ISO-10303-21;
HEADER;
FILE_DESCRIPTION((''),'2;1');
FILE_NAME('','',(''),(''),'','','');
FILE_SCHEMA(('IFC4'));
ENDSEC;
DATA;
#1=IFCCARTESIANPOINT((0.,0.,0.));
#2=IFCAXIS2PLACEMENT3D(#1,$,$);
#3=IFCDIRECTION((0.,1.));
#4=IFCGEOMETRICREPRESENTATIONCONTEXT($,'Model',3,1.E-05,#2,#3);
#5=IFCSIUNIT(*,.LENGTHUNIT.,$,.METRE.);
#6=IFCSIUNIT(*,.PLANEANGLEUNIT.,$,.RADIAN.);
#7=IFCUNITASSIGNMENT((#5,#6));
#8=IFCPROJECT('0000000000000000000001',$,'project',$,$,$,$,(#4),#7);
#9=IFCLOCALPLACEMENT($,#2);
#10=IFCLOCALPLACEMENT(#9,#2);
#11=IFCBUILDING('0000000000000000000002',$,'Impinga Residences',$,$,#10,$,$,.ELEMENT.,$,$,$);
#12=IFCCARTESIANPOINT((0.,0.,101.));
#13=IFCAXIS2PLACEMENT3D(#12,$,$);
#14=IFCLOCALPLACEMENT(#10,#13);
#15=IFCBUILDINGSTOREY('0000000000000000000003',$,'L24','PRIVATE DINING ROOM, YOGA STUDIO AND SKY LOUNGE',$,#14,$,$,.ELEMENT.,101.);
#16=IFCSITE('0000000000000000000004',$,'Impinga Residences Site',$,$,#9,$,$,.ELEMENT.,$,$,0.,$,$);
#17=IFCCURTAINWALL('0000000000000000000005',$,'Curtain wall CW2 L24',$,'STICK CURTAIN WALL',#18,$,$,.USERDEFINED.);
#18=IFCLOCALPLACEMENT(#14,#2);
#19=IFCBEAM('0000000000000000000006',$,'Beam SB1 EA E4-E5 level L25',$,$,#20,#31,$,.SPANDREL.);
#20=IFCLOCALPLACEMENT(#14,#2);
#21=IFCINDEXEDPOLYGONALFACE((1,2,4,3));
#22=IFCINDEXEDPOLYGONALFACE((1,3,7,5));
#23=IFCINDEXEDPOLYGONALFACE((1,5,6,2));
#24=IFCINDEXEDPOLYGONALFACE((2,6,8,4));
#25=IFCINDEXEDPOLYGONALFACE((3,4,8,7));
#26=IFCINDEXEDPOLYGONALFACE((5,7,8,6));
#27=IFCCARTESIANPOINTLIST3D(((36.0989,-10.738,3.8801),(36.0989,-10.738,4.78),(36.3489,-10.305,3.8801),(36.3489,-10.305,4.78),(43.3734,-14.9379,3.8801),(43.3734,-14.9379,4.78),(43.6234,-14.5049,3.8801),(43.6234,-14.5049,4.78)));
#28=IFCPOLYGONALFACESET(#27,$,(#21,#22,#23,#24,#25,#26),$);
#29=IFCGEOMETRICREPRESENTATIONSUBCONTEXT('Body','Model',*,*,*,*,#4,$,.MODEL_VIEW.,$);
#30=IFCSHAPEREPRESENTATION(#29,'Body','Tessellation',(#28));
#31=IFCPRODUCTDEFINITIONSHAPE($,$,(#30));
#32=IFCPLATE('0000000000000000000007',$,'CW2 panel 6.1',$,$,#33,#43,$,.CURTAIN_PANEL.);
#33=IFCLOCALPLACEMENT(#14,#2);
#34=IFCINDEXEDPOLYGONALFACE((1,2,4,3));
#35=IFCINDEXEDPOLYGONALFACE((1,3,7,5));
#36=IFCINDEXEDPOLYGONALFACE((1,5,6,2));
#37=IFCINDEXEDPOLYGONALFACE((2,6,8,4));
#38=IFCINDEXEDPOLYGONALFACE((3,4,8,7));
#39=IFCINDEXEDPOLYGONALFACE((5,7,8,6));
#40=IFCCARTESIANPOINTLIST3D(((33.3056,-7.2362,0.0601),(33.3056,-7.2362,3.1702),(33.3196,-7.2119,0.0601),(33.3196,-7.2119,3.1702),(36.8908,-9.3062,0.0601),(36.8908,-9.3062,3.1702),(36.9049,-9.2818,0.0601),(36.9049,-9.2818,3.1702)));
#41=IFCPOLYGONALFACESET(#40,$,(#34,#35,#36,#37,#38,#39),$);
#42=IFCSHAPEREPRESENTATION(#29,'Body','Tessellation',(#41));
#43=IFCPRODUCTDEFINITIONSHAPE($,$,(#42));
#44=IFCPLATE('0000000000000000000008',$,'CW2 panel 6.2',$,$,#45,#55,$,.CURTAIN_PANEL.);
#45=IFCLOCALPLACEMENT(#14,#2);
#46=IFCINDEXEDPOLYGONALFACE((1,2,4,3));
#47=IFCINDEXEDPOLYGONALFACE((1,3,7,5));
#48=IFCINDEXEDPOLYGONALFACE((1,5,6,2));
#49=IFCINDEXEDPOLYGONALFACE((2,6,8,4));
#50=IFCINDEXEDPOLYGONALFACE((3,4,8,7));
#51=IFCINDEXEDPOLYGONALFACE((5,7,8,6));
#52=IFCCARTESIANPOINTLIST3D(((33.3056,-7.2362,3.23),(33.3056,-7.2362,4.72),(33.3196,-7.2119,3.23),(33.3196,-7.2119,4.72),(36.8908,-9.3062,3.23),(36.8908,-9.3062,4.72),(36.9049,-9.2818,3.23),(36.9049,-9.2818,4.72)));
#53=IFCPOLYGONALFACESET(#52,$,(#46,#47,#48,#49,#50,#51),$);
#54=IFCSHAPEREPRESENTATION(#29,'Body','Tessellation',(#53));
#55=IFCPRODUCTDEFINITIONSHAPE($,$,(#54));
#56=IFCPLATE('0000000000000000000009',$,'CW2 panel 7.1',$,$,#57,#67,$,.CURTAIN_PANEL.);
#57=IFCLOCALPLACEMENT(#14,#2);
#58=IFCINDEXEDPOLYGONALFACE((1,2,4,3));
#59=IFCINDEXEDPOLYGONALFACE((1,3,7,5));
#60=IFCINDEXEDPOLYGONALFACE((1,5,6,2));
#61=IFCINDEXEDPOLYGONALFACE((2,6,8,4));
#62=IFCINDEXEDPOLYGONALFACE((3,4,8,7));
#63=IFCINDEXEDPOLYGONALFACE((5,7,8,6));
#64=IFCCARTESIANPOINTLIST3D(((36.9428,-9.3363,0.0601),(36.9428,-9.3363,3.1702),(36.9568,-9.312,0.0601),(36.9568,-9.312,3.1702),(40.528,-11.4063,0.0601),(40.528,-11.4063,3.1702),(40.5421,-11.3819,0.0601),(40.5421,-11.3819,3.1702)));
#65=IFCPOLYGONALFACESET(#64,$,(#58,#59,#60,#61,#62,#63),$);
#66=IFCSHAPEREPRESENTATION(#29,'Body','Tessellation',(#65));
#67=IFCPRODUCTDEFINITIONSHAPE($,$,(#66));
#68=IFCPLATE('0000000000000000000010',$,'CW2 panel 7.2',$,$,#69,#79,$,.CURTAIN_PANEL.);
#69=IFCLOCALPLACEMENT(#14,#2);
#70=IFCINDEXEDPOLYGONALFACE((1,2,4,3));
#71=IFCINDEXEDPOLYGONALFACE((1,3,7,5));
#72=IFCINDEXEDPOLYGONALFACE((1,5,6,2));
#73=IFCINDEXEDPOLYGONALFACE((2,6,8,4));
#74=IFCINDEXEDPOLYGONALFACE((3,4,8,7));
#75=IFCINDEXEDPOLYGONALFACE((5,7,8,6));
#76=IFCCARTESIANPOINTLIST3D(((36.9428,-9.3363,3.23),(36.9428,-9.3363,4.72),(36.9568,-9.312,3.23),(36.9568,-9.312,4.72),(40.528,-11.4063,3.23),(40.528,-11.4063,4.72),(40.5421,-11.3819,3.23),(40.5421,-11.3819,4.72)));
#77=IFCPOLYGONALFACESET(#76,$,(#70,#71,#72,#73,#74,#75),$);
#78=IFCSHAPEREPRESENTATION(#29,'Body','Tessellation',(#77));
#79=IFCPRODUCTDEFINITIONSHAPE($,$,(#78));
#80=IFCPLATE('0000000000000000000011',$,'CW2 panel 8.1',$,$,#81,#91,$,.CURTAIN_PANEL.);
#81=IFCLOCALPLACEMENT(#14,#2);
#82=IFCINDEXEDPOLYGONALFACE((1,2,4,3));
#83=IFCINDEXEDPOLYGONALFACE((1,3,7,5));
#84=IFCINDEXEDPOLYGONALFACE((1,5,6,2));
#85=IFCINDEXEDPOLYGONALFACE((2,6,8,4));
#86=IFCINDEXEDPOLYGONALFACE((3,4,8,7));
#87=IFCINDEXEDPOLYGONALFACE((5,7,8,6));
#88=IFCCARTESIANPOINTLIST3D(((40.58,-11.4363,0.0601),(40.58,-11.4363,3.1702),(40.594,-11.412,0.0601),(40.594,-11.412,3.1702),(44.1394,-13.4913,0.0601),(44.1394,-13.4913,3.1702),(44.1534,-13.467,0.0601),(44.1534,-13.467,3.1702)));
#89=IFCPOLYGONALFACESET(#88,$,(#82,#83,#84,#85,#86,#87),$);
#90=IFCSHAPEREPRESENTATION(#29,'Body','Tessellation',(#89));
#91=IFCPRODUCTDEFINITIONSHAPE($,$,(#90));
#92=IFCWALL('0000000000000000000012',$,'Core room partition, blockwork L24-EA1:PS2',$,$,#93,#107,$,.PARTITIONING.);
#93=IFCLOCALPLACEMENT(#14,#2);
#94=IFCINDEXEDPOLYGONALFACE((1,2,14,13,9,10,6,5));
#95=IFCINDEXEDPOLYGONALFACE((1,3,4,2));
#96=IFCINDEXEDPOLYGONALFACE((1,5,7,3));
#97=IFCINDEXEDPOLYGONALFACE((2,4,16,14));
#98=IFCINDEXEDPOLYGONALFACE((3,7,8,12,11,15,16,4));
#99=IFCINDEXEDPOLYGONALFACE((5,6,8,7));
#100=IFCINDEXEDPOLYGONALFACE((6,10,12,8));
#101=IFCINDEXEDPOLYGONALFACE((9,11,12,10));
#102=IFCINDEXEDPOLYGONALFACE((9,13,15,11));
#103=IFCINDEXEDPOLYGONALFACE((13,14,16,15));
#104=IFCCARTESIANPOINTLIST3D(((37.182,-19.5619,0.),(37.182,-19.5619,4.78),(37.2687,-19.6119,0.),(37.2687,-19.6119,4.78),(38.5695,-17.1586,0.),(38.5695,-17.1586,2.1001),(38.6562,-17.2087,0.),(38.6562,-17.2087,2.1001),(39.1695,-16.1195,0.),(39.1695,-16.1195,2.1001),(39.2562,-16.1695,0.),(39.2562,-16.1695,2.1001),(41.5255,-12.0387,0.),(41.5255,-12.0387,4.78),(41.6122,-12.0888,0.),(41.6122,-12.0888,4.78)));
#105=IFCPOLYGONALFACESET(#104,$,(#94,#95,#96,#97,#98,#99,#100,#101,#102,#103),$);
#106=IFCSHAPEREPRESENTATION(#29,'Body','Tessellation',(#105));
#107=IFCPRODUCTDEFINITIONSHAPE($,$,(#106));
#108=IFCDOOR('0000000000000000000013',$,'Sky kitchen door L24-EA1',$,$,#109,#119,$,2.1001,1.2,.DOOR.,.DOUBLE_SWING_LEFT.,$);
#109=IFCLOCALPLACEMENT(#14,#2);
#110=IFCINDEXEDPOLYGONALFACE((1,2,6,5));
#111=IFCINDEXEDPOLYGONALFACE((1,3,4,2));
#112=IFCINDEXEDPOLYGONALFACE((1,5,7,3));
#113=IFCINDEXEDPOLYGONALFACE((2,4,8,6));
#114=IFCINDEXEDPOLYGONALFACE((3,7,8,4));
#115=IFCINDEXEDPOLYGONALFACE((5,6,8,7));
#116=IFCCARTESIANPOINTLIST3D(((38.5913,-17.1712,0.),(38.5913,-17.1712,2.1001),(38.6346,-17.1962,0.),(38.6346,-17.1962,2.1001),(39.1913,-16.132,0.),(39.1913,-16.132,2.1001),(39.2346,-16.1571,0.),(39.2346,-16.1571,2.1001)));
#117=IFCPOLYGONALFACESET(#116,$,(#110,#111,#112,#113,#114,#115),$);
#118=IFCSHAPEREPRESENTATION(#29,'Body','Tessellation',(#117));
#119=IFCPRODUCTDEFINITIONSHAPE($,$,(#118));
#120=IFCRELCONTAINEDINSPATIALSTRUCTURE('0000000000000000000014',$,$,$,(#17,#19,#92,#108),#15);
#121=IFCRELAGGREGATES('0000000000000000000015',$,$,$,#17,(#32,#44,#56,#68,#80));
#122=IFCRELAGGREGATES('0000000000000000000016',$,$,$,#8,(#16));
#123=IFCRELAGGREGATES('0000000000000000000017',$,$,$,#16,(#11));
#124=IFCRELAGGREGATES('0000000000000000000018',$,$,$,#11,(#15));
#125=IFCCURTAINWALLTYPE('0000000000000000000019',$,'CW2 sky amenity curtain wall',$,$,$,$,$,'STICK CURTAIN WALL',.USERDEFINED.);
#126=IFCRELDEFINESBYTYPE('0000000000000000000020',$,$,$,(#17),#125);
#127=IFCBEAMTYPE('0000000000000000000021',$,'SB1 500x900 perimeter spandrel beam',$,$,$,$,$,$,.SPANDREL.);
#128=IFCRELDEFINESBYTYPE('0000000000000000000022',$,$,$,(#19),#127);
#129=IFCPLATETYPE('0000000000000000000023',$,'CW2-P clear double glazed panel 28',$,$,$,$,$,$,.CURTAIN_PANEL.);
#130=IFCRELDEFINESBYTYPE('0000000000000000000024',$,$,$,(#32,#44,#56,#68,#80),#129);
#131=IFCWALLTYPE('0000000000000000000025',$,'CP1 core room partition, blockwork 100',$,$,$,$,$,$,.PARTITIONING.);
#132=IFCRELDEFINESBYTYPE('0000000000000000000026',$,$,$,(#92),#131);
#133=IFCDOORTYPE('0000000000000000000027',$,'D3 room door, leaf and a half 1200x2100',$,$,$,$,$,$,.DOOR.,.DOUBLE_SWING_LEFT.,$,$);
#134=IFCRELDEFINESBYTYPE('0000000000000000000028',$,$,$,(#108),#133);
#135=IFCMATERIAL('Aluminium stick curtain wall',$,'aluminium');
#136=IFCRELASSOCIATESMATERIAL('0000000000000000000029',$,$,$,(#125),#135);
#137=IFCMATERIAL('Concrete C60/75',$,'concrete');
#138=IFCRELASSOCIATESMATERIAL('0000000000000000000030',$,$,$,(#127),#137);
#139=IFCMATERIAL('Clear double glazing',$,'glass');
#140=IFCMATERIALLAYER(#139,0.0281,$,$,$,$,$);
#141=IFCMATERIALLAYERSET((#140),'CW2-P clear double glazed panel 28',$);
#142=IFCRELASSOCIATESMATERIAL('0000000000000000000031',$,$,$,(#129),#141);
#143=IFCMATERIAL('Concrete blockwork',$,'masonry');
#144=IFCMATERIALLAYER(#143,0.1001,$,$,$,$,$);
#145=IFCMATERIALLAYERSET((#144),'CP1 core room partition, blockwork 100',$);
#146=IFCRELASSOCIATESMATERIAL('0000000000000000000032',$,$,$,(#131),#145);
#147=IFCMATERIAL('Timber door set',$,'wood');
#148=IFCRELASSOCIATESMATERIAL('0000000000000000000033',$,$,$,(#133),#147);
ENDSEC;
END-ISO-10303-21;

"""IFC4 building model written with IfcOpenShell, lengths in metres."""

from ifc_helpers import new_model, si_unit, direction, frame, frame_2d, origin, origin_2d, place, context, subcontext, project, spatial, rectangle, extrude, material, layer, layer_set, material_profile, profile_set, type_object, element, fill, aggregate, save


model = new_model("IFC4")

# Units and contexts
model_context = context("Model", 3, precision=1e-05, world=origin(), true_north=direction((0.0, 1.0)))
body_context = subcontext(model_context, "Body", "Model", "MODEL_VIEW")
ifc_project = project(units=[si_unit("LENGTHUNIT", "METRE"), si_unit("PLANEANGLEUNIT", "RADIAN")], contexts=[model_context])

# Site, building, storey
site_placement = place(None, origin())
site = spatial("IfcSite", under=ifc_project, at=site_placement, Name="Impinga Residences Site", CompositionType="ELEMENT", RefElevation=0.0)
building_placement = place(site_placement, origin())
building = spatial("IfcBuilding", under=site, at=building_placement, Name="Impinga Residences", CompositionType="ELEMENT")
storey_placement = place(building_placement, frame((0.0, 0.0, 101.0)))
storey = spatial("IfcBuildingStorey", under=building, at=storey_placement, Name="L24", Description="PRIVATE DINING ROOM, YOGA STUDIO AND SKY LOUNGE", CompositionType="ELEMENT", Elevation=101.0)

# Shared definitions
ifc_material_1 = material(Name="Concrete C60/75", Category="concrete")

# Curtain wall
ifc_material_2 = material(Name="Aluminium stick curtain wall", Category="aluminium")
curtain_wall_type = type_object("IfcCurtainWallType", Name="CW2 sky amenity curtain wall", ElementType="STICK CURTAIN WALL", PredefinedType="USERDEFINED", material=ifc_material_2)
curtain_wall_placement = place(storey_placement, origin())
curtain_wall = element("IfcCurtainWall", 1, at=curtain_wall_placement, inside=storey, type_object=curtain_wall_type, Name="Curtain wall CW2 L24", ObjectType="STICK CURTAIN WALL", PredefinedType="USERDEFINED")

# Beam
ifc_material_profile_1 = material_profile(ifc_material_1, rectangle(XDim=0.5, YDim=0.8999, at=origin_2d()), Name="RC 500x900")
ifc_profile_set_1 = profile_set([ifc_material_profile_1], Name="Concrete C60/75")
beam_type_1 = type_object("IfcBeamType", Name="SB1 500x900 perimeter spandrel beam", PredefinedType="SPANDREL", material=ifc_profile_set_1)
beam_1_placement = place(storey_placement, frame((36.2239, -10.5215, 4.3301), z_axis=(0.866029, -0.499993, 0.0), x_axis=(0.499993, 0.866029, 0.0)))
element("IfcBeam", 2, at=beam_1_placement, inside=storey, type_object=beam_type_1, Name="Beam SB1 EA E4-E5 level L25", PredefinedType="SPANDREL", context=body_context, shape_type="SweptSolid", body=[
    extrude(rectangle(XDim=0.5, YDim=0.8999, at=origin_2d()), origin(), (0.0, 0.0, 1.0), 8.3999),
])

# Plates
ifc_material_3 = material(Name="Clear double glazing", Category="glass")
ifc_layer_1 = layer(ifc_material_3, 0.0281)
ifc_layer_set_1 = layer_set([ifc_layer_1], Name="CW2-P clear double glazed panel 28")
plate_type = type_object("IfcPlateType", Name="CW2-P clear double glazed panel 28", PredefinedType="CURTAIN_PANEL", material=ifc_layer_set_1)
plate_1_placement = place(storey_placement, frame((35.1052, -8.259, 0.0601), z_axis=(0.0, 0.0, 1.0), x_axis=(0.866025, -0.5, 0.0)))
plate_1 = element("IfcPlate", 3, at=plate_1_placement, type_object=plate_type, Name="CW2 panel 6.1", PredefinedType="CURTAIN_PANEL", context=body_context, shape_type="SweptSolid", body=[
    extrude(rectangle(XDim=4.1399, YDim=0.0281, at=origin_2d()), origin(), (0.0, 0.0, 1.0), 3.1101),
])
plate_2_placement = place(storey_placement, frame((35.1052, -8.259, 3.23), z_axis=(0.0, 0.0, 1.0), x_axis=(0.866025, -0.5, 0.0)))
plate_2 = element("IfcPlate", 4, at=plate_2_placement, type_object=plate_type, Name="CW2 panel 6.2", PredefinedType="CURTAIN_PANEL", context=body_context, shape_type="SweptSolid", body=[
    extrude(rectangle(XDim=4.1399, YDim=0.0281, at=origin_2d()), origin(), (0.0, 0.0, 1.0), 1.49),
])
plate_3_placement = place(storey_placement, frame((38.7424, -10.3591, 0.0601), z_axis=(0.0, 0.0, 1.0), x_axis=(0.866025, -0.5, 0.0)))
plate_3 = element("IfcPlate", 5, at=plate_3_placement, type_object=plate_type, Name="CW2 panel 7.1", PredefinedType="CURTAIN_PANEL", context=body_context, shape_type="SweptSolid", body=[
    extrude(rectangle(XDim=4.1399, YDim=0.0281, at=origin_2d()), origin(), (0.0, 0.0, 1.0), 3.1101),
])
plate_4_placement = place(storey_placement, frame((38.7424, -10.3591, 3.23), z_axis=(0.0, 0.0, 1.0), x_axis=(0.866025, -0.5, 0.0)))
plate_4 = element("IfcPlate", 6, at=plate_4_placement, type_object=plate_type, Name="CW2 panel 7.2", PredefinedType="CURTAIN_PANEL", context=body_context, shape_type="SweptSolid", body=[
    extrude(rectangle(XDim=4.1399, YDim=0.0281, at=origin_2d()), origin(), (0.0, 0.0, 1.0), 1.49),
])
plate_5_placement = place(storey_placement, frame((42.3667, -12.4517, 0.0601), z_axis=(0.0, 0.0, 1.0), x_axis=(0.866025, -0.5, 0.0)))
plate_5 = element("IfcPlate", 7, at=plate_5_placement, type_object=plate_type, Name="CW2 panel 8.1", PredefinedType="CURTAIN_PANEL", context=body_context, shape_type="SweptSolid", body=[
    extrude(rectangle(XDim=4.1101, YDim=0.0281, at=origin_2d()), origin(), (0.0, 0.0, 1.0), 3.1101),
])
aggregate(curtain_wall, [plate_1, plate_2, plate_3, plate_4, plate_5])

# Wall, opening, door
ifc_material_4 = material(Name="Concrete blockwork", Category="masonry")
ifc_layer_2 = layer(ifc_material_4, 0.1001)
ifc_layer_set_2 = layer_set([ifc_layer_2], Name="CP1 core room partition, blockwork 100")
wall_type = type_object("IfcWallType", Name="CP1 core room partition, blockwork 100", PredefinedType="PARTITIONING", material=ifc_layer_set_2)
wall_placement = place(storey_placement, frame((37.2253, -19.5869, 0.0), z_axis=(0.0, 0.0, 1.0), x_axis=(0.499999, 0.866026, 0.0)))
wall = element("IfcWall", 8, at=wall_placement, inside=storey, type_object=wall_type, Name="Core room partition, blockwork L24-EA1:PS2", PredefinedType="PARTITIONING", context=body_context, shape_type="SweptSolid", body=[
    extrude(rectangle(XDim=8.687, YDim=0.1001, at=frame_2d((4.3435, 0.0))), origin(), (0.0, 0.0, 1.0), 4.78),
])
opening_placement = place(wall_placement, frame((2.7749, 0.0, 0.0)))
opening = element("IfcOpeningElement", 9, at=opening_placement, cuts=wall, PredefinedType="OPENING", context=body_context, shape_type="SweptSolid", body=[
    extrude(rectangle(XDim=1.2, YDim=2.1001, at=frame_2d((0.6001, 1.05))), frame((0.0, 0.0601, 0.0), z_axis=(0.0, -1.0, 0.0), x_axis=(1.0, 0.0, 0.0)), (0.0, 0.0, 1.0), 0.1201),
])
ifc_material_5 = material(Name="Timber door set", Category="wood")
door_type = type_object("IfcDoorType", Name="D3 room door, leaf and a half 1200x2100", OperationType="DOUBLE_SWING_LEFT", PredefinedType="DOOR", material=ifc_material_5)
door_placement = place(opening_placement, origin())
door = element("IfcDoor", 10, at=door_placement, inside=storey, type_object=door_type, Name="Sky kitchen door L24-EA1", OperationType="DOUBLE_SWING_LEFT", OverallHeight=2.1001, OverallWidth=1.2, PredefinedType="DOOR", context=body_context, shape_type="SweptSolid", body=[
    extrude(rectangle(XDim=1.2, YDim=2.1001, at=frame_2d((0.6001, 1.05))), frame((0.0, 0.0249, 0.0), z_axis=(0.0, -1.0, 0.0), x_axis=(1.0, 0.0, 0.0)), (0.0, 0.0, 1.0), 0.05),
])
fill(opening, door)

save(model, "model.ifc")
